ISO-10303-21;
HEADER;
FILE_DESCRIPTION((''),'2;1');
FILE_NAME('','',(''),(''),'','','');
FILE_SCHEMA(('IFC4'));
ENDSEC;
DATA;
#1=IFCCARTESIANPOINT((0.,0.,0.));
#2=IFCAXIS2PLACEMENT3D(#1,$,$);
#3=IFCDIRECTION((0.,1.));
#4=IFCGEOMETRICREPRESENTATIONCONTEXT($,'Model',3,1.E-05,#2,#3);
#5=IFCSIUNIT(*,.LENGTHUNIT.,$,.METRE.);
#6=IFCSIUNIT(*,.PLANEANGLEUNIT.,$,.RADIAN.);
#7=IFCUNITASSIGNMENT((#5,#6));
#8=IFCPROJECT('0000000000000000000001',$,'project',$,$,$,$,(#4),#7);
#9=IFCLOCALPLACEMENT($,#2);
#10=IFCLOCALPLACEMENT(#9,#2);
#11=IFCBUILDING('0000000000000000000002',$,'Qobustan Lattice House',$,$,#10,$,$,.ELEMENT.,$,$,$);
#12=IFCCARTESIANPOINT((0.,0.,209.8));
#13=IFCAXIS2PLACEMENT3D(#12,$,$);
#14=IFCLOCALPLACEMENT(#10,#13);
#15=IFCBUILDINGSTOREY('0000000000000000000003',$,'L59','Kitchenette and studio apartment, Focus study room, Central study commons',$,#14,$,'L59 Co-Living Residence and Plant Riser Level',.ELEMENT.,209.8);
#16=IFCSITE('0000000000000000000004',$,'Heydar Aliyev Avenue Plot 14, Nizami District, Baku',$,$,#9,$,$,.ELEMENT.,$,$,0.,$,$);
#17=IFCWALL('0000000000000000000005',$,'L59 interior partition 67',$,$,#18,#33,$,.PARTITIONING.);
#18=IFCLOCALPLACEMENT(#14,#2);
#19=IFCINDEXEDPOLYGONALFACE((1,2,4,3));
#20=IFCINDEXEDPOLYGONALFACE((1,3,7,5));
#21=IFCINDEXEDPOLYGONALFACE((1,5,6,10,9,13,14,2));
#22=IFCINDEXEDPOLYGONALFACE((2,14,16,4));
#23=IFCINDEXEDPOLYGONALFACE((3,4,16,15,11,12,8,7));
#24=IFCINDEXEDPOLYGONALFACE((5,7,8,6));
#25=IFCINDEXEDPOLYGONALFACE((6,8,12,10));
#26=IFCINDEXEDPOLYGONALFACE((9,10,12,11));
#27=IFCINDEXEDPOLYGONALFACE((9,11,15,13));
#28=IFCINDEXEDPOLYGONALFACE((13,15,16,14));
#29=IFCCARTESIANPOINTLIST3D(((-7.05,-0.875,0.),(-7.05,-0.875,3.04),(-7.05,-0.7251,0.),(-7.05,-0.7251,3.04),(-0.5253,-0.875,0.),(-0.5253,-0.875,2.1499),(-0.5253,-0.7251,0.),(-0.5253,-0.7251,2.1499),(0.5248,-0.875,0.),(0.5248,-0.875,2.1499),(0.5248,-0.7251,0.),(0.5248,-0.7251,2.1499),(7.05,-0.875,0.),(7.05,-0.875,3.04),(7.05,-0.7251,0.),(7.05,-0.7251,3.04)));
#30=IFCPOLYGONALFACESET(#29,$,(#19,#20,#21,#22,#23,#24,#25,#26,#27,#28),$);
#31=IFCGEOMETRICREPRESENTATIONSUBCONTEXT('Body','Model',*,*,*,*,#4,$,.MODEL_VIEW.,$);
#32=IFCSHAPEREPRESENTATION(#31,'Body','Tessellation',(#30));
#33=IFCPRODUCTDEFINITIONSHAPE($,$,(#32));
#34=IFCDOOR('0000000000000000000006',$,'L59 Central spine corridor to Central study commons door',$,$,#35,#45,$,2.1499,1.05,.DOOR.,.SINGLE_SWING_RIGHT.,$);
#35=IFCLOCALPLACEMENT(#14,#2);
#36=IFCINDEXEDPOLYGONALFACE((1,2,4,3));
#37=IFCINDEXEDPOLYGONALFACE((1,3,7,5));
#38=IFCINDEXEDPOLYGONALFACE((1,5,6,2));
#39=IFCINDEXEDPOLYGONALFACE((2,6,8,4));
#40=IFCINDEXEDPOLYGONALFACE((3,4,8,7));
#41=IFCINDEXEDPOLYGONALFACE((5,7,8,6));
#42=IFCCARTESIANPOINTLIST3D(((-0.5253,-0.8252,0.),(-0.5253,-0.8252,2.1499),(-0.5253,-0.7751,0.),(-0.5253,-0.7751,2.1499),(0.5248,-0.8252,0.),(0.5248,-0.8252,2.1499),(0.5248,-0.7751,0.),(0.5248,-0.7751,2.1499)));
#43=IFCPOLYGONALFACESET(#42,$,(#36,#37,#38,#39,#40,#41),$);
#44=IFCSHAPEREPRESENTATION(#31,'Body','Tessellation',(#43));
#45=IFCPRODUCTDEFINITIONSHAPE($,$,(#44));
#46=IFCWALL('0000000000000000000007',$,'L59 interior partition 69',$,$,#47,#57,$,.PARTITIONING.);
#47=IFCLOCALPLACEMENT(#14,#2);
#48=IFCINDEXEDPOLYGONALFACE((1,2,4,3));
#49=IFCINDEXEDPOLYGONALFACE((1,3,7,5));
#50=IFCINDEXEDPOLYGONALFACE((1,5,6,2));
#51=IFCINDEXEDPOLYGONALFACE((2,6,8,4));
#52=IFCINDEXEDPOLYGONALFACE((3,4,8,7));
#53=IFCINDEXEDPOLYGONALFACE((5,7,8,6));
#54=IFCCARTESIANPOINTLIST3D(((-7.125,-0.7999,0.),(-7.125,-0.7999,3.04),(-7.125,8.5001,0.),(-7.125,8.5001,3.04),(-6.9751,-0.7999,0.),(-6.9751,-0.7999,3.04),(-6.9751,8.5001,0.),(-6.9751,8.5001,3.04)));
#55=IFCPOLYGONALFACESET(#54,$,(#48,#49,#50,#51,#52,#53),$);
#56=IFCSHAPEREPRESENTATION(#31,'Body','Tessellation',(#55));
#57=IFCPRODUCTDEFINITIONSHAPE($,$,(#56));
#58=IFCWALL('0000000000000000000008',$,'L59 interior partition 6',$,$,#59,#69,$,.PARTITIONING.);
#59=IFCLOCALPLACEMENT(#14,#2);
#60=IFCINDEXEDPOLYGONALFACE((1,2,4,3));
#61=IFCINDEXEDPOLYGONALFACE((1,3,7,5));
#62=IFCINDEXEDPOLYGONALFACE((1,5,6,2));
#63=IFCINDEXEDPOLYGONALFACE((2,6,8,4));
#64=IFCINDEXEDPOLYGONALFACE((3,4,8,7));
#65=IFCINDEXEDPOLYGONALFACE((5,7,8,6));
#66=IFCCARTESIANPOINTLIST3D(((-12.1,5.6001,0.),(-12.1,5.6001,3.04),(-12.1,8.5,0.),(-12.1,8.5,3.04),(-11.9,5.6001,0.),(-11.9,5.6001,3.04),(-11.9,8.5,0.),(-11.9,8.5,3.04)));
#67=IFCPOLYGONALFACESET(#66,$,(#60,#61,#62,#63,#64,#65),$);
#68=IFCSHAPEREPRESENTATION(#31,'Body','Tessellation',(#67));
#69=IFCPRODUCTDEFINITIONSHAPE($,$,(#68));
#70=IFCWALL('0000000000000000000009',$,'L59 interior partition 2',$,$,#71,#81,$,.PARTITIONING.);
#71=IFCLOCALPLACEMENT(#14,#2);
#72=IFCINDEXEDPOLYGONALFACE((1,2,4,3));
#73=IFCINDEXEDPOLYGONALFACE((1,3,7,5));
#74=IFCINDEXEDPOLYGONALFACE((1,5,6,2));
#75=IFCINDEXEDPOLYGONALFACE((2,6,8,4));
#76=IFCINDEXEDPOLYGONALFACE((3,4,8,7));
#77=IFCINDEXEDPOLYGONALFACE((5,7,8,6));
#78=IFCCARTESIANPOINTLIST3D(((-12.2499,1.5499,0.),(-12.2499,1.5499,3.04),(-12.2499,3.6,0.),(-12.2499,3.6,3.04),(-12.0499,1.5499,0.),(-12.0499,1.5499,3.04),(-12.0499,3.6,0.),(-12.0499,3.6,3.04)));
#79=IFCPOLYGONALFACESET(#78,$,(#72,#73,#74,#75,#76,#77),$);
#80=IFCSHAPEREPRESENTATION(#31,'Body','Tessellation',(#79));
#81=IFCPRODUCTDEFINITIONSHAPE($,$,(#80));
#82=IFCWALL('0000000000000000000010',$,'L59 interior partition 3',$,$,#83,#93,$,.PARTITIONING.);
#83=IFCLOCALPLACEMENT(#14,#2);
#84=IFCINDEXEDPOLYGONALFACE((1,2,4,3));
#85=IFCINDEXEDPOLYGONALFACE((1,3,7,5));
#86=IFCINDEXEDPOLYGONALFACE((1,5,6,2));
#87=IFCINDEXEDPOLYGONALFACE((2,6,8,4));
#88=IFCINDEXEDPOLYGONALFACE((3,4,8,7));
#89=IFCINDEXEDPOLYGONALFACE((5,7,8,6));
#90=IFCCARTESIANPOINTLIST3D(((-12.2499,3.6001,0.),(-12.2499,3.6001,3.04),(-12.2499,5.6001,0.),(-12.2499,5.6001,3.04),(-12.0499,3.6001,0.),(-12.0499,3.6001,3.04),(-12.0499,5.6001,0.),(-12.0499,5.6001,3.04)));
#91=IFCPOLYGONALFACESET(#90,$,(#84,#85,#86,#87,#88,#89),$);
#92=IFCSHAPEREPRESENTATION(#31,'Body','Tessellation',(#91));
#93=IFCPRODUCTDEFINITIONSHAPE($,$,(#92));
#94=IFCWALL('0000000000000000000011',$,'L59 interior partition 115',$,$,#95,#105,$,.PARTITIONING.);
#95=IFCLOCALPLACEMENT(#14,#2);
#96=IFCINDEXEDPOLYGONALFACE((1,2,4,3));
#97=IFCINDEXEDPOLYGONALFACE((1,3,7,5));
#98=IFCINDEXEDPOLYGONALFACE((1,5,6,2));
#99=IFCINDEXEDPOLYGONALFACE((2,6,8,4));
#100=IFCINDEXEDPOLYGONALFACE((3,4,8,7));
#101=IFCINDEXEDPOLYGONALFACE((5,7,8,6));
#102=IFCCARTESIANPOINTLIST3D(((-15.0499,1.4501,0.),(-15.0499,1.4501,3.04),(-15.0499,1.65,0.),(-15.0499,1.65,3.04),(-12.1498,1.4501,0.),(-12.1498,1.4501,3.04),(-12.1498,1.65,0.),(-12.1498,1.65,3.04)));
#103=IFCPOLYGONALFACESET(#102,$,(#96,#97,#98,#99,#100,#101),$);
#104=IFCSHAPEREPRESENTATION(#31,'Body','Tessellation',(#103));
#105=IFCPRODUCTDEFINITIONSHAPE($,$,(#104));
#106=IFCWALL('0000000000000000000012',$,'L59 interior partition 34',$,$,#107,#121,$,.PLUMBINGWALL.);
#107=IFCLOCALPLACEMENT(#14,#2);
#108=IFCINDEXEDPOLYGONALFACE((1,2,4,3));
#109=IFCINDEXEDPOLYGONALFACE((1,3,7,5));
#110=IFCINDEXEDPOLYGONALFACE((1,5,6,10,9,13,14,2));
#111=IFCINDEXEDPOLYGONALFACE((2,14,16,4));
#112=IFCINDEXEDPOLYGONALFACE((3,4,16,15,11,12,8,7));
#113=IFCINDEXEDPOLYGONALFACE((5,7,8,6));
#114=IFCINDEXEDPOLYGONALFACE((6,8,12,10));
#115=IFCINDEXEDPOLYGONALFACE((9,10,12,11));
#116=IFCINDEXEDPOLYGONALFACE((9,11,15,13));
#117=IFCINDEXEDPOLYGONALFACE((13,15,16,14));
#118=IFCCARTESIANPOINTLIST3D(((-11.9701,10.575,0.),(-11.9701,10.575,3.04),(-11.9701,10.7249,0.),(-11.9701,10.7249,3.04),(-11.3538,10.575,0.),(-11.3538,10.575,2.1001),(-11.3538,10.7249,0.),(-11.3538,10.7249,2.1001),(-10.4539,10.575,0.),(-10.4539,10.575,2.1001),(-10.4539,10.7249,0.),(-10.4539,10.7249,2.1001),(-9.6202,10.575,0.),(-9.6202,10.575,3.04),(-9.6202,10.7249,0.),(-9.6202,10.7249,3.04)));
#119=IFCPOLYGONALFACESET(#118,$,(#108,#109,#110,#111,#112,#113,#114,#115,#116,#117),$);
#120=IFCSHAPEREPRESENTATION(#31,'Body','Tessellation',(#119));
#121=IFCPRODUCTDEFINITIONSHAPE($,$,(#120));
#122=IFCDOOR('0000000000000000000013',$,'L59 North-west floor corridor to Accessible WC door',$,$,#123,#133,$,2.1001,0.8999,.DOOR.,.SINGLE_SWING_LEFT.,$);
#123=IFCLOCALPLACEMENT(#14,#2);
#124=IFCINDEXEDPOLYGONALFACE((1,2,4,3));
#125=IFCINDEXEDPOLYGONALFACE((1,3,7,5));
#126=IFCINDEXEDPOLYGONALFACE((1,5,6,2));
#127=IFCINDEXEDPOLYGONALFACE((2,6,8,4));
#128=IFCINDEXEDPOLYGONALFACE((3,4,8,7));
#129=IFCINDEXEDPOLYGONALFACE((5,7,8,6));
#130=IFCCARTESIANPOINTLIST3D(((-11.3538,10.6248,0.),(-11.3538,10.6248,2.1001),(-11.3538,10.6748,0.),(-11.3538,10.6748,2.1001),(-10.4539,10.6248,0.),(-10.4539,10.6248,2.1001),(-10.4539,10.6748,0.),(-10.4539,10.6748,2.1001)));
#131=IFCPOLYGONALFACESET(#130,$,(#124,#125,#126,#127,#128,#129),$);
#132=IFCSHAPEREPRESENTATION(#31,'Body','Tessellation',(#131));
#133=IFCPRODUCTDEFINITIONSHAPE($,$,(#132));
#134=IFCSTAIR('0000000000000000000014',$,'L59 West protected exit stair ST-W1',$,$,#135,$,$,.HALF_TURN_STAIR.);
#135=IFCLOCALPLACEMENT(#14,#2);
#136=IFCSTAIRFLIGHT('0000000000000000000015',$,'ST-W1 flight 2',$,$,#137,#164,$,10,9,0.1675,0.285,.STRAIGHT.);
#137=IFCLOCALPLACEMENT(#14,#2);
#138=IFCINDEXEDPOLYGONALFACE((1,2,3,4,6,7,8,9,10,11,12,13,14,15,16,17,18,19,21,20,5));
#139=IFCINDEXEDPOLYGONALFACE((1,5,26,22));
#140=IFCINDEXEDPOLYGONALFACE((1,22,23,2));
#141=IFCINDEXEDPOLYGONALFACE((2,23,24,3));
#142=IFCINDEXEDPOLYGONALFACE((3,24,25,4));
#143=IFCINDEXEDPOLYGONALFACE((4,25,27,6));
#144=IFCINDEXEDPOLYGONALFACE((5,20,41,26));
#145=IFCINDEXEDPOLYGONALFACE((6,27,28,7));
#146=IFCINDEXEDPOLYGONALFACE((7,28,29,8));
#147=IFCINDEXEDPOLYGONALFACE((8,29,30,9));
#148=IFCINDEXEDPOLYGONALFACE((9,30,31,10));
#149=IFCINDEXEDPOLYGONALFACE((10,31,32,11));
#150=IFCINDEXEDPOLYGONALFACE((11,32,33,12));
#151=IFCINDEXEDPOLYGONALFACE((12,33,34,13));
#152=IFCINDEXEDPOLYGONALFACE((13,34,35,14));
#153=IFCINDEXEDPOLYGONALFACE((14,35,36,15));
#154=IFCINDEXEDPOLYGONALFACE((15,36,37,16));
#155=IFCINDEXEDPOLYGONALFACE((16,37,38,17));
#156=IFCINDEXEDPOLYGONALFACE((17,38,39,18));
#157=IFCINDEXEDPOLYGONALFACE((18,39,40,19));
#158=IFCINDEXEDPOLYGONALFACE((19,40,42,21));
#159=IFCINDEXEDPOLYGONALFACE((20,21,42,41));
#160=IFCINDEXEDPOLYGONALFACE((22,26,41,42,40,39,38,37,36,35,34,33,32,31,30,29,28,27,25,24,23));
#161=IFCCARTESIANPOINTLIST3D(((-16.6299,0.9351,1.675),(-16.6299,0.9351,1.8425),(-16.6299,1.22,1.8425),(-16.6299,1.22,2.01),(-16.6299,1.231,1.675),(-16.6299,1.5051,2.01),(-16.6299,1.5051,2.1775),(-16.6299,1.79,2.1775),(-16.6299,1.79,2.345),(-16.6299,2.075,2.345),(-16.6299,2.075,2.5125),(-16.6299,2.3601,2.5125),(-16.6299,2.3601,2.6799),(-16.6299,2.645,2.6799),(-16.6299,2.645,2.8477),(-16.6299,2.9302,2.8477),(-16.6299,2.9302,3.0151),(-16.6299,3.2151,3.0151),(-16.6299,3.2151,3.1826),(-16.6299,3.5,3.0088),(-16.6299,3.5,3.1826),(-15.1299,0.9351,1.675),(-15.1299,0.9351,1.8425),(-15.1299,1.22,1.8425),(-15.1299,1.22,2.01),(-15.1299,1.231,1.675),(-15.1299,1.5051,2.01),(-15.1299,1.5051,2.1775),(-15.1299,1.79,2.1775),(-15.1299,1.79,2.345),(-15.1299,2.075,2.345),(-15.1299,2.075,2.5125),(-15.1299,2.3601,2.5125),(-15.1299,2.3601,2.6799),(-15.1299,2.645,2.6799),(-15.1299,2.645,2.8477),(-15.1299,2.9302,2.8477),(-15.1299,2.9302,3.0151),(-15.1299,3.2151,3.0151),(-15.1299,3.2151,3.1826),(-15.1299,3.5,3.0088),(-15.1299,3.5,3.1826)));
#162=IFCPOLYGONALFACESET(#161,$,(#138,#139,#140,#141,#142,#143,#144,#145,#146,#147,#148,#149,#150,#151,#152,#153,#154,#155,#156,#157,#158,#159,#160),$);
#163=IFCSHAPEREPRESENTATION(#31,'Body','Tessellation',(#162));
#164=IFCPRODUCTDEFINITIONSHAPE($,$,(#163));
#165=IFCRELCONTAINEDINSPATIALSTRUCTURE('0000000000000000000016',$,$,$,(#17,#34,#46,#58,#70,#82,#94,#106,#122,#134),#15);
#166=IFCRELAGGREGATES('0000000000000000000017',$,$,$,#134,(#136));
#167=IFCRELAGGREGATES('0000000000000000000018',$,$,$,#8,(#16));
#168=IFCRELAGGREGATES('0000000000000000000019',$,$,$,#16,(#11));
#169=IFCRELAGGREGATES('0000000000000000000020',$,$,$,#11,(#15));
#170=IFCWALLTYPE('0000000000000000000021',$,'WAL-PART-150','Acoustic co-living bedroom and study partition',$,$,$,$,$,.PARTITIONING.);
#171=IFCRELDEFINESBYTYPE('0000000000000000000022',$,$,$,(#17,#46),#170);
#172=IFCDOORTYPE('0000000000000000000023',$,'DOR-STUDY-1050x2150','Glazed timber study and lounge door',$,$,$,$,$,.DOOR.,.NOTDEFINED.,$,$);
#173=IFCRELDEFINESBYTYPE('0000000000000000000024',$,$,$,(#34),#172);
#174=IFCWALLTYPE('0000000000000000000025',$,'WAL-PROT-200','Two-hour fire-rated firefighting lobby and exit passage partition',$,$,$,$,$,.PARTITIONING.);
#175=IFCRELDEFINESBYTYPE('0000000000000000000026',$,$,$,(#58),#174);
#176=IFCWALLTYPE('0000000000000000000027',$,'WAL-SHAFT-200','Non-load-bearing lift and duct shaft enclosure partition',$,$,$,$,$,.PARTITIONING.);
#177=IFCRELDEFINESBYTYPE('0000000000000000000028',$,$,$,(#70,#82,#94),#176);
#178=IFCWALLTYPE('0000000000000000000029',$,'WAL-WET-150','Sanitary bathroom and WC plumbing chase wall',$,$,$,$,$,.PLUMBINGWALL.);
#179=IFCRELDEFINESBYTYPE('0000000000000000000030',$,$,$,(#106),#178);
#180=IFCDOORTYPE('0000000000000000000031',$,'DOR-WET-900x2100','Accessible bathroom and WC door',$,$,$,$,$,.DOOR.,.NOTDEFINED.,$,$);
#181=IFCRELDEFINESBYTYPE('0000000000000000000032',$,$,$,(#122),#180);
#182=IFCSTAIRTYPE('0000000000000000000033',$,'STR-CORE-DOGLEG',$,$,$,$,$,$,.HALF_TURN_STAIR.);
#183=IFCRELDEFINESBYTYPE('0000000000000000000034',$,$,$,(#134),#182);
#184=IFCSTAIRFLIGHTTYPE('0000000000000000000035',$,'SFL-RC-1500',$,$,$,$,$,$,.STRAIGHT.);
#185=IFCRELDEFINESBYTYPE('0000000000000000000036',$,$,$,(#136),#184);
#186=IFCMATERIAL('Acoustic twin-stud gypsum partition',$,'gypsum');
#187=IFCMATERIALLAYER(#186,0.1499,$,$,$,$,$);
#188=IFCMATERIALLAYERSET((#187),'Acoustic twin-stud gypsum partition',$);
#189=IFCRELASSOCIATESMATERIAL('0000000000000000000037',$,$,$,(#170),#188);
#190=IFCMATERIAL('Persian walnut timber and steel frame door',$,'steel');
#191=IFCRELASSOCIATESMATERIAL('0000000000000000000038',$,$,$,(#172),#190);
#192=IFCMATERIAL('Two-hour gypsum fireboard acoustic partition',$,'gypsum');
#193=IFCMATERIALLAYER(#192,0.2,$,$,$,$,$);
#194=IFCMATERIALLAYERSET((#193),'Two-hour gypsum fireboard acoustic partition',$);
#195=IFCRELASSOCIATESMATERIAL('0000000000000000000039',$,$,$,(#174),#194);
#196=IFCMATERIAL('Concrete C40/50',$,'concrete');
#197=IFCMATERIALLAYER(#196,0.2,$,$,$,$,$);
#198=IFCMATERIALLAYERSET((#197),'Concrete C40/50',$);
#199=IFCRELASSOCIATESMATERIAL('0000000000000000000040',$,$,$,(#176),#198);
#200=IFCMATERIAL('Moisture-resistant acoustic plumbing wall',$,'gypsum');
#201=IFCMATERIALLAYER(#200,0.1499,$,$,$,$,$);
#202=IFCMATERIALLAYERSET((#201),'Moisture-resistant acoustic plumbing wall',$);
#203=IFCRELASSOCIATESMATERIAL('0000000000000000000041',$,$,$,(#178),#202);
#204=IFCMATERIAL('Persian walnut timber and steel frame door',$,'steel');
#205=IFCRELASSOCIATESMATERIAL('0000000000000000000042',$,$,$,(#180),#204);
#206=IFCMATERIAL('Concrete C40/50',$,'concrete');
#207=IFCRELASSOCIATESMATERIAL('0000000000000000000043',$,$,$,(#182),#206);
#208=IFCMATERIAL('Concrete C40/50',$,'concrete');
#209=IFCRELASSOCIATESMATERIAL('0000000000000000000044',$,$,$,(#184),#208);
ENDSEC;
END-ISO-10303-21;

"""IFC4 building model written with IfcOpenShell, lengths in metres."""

from ifc_helpers import new_model, si_unit, direction, frame, frame_2d, origin, place, context, subcontext, project, spatial, polyline, rectangle, outline, extrude, material, layer, layer_set, type_object, element, fill, aggregate, save


model = new_model("IFC4")

# Units and contexts
model_context = context("Model", 3, precision=1e-05, world=origin(), true_north=direction((0.0, 1.0)))
body_context = subcontext(model_context, "Body", "Model", "MODEL_VIEW")
ifc_project = project(units=[si_unit("LENGTHUNIT", "METRE"), si_unit("PLANEANGLEUNIT", "RADIAN")], contexts=[model_context])

# Site, building, storey
site_placement = place(None, origin())
site = spatial("IfcSite", under=ifc_project, at=site_placement, Name="Heydar Aliyev Avenue Plot 14, Nizami District, Baku", CompositionType="ELEMENT", RefElevation=0.0)
building_placement = place(site_placement, origin())
building = spatial("IfcBuilding", under=site, at=building_placement, Name="Qobustan Lattice House", CompositionType="ELEMENT")
storey_placement = place(building_placement, frame((0.0, 0.0, 209.8)))
storey = spatial("IfcBuildingStorey", under=building, at=storey_placement, Name="L59", Description="Kitchenette and studio apartment, Focus study room, Central study commons", LongName="L59 Co-Living Residence and Plant Riser Level", CompositionType="ELEMENT", Elevation=209.8)

# Wall, opening, door
ifc_material_1 = material(Name="Acoustic twin-stud gypsum partition", Category="gypsum")
ifc_layer_1 = layer(ifc_material_1, 0.1499)
ifc_layer_set_1 = layer_set([ifc_layer_1], Name="Acoustic twin-stud gypsum partition")
wall_type_1 = type_object("IfcWallType", Name="WAL-PART-150", Description="Acoustic co-living bedroom and study partition", PredefinedType="PARTITIONING", material=ifc_layer_set_1)
wall_1_placement = place(storey_placement, frame((-7.05, -0.8, 0.0), z_axis=(0.0, 0.0, 1.0), x_axis=(1.0, 0.0, 0.0)))
wall_1 = element("IfcWall", 1, at=wall_1_placement, inside=storey, type_object=wall_type_1, Name="L59 interior partition 67", PredefinedType="PARTITIONING", context=body_context, shape_type="SweptSolid", body=[
    extrude(rectangle(XDim=14.1001, YDim=0.1499, at=frame_2d((7.05, 0.0))), origin(), (0.0, 0.0, 1.0), 3.04),
])
opening_1_placement = place(wall_1_placement, frame((6.5249, 0.0, 0.0)))
opening_1 = element("IfcOpeningElement", 2, at=opening_1_placement, cuts=wall_1, PredefinedType="OPENING", context=body_context, shape_type="SweptSolid", body=[
    extrude(rectangle(XDim=1.05, YDim=2.1499, at=frame_2d((0.5249, 1.075))), frame((0.0, 0.085, 0.0), z_axis=(0.0, -1.0, 0.0), x_axis=(1.0, 0.0, 0.0)), (0.0, 0.0, 1.0), 0.1699),
])
ifc_material_2 = material(Name="Persian walnut timber and steel frame door", Category="steel")
door_type_1 = type_object("IfcDoorType", Name="DOR-STUDY-1050x2150", Description="Glazed timber study and lounge door", OperationType="NOTDEFINED", PredefinedType="DOOR", material=ifc_material_2)
door_1_placement = place(opening_1_placement, origin())
door_1 = element("IfcDoor", 3, at=door_1_placement, inside=storey, type_object=door_type_1, Name="L59 Central spine corridor to Central study commons door", OperationType="SINGLE_SWING_RIGHT", OverallHeight=2.1499, OverallWidth=1.05, PredefinedType="DOOR", context=body_context, shape_type="SweptSolid", body=[
    extrude(rectangle(XDim=1.05, YDim=2.1499, at=frame_2d((0.5249, 1.075))), frame((0.0, 0.0249, 0.0), z_axis=(0.0, -1.0, 0.0), x_axis=(1.0, 0.0, 0.0)), (0.0, 0.0, 1.0), 0.05),
])
fill(opening_1, door_1)

# Wall
wall_2_placement = place(storey_placement, frame((-7.05, 8.5, 0.0), z_axis=(0.0, 0.0, 1.0), x_axis=(0.0, -1.0, 0.0)))
element("IfcWall", 4, at=wall_2_placement, inside=storey, type_object=wall_type_1, Name="L59 interior partition 69", PredefinedType="PARTITIONING", context=body_context, shape_type="SweptSolid", body=[
    extrude(rectangle(XDim=9.3, YDim=0.1499, at=frame_2d((4.6499, 0.0))), origin(), (0.0, 0.0, 1.0), 3.04),
])

# Shared definitions
ifc_material_3 = material(Name="Two-hour gypsum fireboard acoustic partition", Category="gypsum")
ifc_layer_2 = layer(ifc_material_3, 0.2)
ifc_layer_set_2 = layer_set([ifc_layer_2], Name="Two-hour gypsum fireboard acoustic partition")
wall_type_2 = type_object("IfcWallType", Name="WAL-PROT-200", Description="Two-hour fire-rated firefighting lobby and exit passage partition", PredefinedType="PARTITIONING", material=ifc_layer_set_2)

# Walls
wall_3_placement = place(storey_placement, frame((-12.0, 5.6001, 0.0), z_axis=(0.0, 0.0, 1.0), x_axis=(0.0, 1.0, 0.0)))
element("IfcWall", 5, at=wall_3_placement, inside=storey, type_object=wall_type_2, Name="L59 interior partition 6", PredefinedType="PARTITIONING", context=body_context, shape_type="SweptSolid", body=[
    extrude(rectangle(XDim=2.8999, YDim=0.2, at=frame_2d((1.45, 0.0))), origin(), (0.0, 0.0, 1.0), 3.04),
])
ifc_material_4 = material(Name="Concrete C40/50", Category="concrete")
ifc_layer_3 = layer(ifc_material_4, 0.2)
ifc_layer_set_3 = layer_set([ifc_layer_3], Name="Concrete C40/50")
wall_type_3 = type_object("IfcWallType", Name="WAL-SHAFT-200", Description="Non-load-bearing lift and duct shaft enclosure partition", PredefinedType="PARTITIONING", material=ifc_layer_set_3)
wall_4_placement = place(storey_placement, frame((-12.1499, 1.55, 0.0), z_axis=(0.0, 0.0, 1.0), x_axis=(0.0, 1.0, 0.0)))
element("IfcWall", 6, at=wall_4_placement, inside=storey, type_object=wall_type_3, Name="L59 interior partition 2", PredefinedType="PARTITIONING", context=body_context, shape_type="SweptSolid", body=[
    extrude(rectangle(XDim=2.05, YDim=0.2, at=frame_2d((1.0249, 0.0))), origin(), (0.0, 0.0, 1.0), 3.04),
])
wall_5_placement = place(storey_placement, frame((-12.1499, 3.6001, 0.0), z_axis=(0.0, 0.0, 1.0), x_axis=(0.0, 1.0, 0.0)))
element("IfcWall", 7, at=wall_5_placement, inside=storey, type_object=wall_type_3, Name="L59 interior partition 3", PredefinedType="PARTITIONING", context=body_context, shape_type="SweptSolid", body=[
    extrude(rectangle(XDim=2.0, YDim=0.2, at=frame_2d((1.0, 0.0))), origin(), (0.0, 0.0, 1.0), 3.04),
])
wall_6_placement = place(storey_placement, frame((-15.05, 1.55, 0.0), z_axis=(0.0, 0.0, 1.0), x_axis=(1.0, 0.0, 0.0)))
element("IfcWall", 8, at=wall_6_placement, inside=storey, type_object=wall_type_3, Name="L59 interior partition 115", PredefinedType="PARTITIONING", context=body_context, shape_type="SweptSolid", body=[
    extrude(rectangle(XDim=2.9001, YDim=0.2, at=frame_2d((1.4502, 0.0))), origin(), (0.0, 0.0, 1.0), 3.04),
])

# Wall, opening, door
ifc_material_5 = material(Name="Moisture-resistant acoustic plumbing wall", Category="gypsum")
ifc_layer_4 = layer(ifc_material_5, 0.1499)
ifc_layer_set_4 = layer_set([ifc_layer_4], Name="Moisture-resistant acoustic plumbing wall")
wall_type_4 = type_object("IfcWallType", Name="WAL-WET-150", Description="Sanitary bathroom and WC plumbing chase wall", PredefinedType="PLUMBINGWALL", material=ifc_layer_set_4)
wall_7_placement = place(storey_placement, frame((-11.97, 10.6499, 0.0), z_axis=(0.0, 0.0, 1.0), x_axis=(1.0, 0.0, 0.0)))
wall_7 = element("IfcWall", 9, at=wall_7_placement, inside=storey, type_object=wall_type_4, Name="L59 interior partition 34", PredefinedType="PLUMBINGWALL", context=body_context, shape_type="SweptSolid", body=[
    extrude(rectangle(XDim=2.3499, YDim=0.1499, at=frame_2d((1.1748, 0.0))), origin(), (0.0, 0.0, 1.0), 3.04),
])
opening_2_placement = place(wall_7_placement, frame((0.6162, 0.0, 0.0)))
opening_2 = element("IfcOpeningElement", 10, at=opening_2_placement, cuts=wall_7, PredefinedType="OPENING", context=body_context, shape_type="SweptSolid", body=[
    extrude(rectangle(XDim=0.8999, YDim=2.1001, at=frame_2d((0.45, 1.05))), frame((0.0, 0.085, 0.0), z_axis=(0.0, -1.0, 0.0), x_axis=(1.0, 0.0, 0.0)), (0.0, 0.0, 1.0), 0.1699),
])
ifc_material_6 = material(Name="Persian walnut timber and steel frame door", Category="steel")
door_type_2 = type_object("IfcDoorType", Name="DOR-WET-900x2100", Description="Accessible bathroom and WC door", OperationType="NOTDEFINED", PredefinedType="DOOR", material=ifc_material_6)
door_2_placement = place(opening_2_placement, origin())
door_2 = element("IfcDoor", 11, at=door_2_placement, inside=storey, type_object=door_type_2, Name="L59 North-west floor corridor to Accessible WC door", OperationType="SINGLE_SWING_LEFT", OverallHeight=2.1001, OverallWidth=0.8999, PredefinedType="DOOR", context=body_context, shape_type="SweptSolid", body=[
    extrude(rectangle(XDim=0.8999, YDim=2.1001, at=frame_2d((0.45, 1.05))), frame((0.0, 0.0249, 0.0), z_axis=(0.0, -1.0, 0.0), x_axis=(1.0, 0.0, 0.0)), (0.0, 0.0, 1.0), 0.05),
])
fill(opening_2, door_2)

# Stair, stair flight
ifc_material_7 = material(Name="Concrete C40/50", Category="concrete")
stair_type = type_object("IfcStairType", Name="STR-CORE-DOGLEG", PredefinedType="HALF_TURN_STAIR", material=ifc_material_7)
stair_placement = place(storey_placement, origin())
stair = element("IfcStair", 12, at=stair_placement, inside=storey, type_object=stair_type, Name="L59 West protected exit stair ST-W1", PredefinedType="HALF_TURN_STAIR")
ifc_material_8 = material(Name="Concrete C40/50", Category="concrete")
stair_flight_type = type_object("IfcStairFlightType", Name="SFL-RC-1500", PredefinedType="STRAIGHT", material=ifc_material_8)
stair_flight_placement = place(storey_placement, frame((-15.8799, 0.9351, 1.675), z_axis=(0.0, 0.0, 1.0), x_axis=(0.0, 1.0, 0.0)))
stair_flight = element("IfcStairFlight", 13, at=stair_flight_placement, type_object=stair_flight_type, Name="ST-W1 flight 2", NumberOfRisers=10, NumberOfTreads=9, PredefinedType="STRAIGHT", RiserHeight=0.1675, TreadLength=0.285, context=body_context, shape_type="SweptSolid", body=[
    extrude(outline(polyline([(0.0, 0.0), (0.0, 0.1675), (0.2849, 0.1675), (0.2849, 0.335), (0.5701, 0.335), (0.5701, 0.5024), (0.855, 0.5024), (0.855, 0.6699), (1.1399, 0.6699), (1.1399, 0.8374), (1.425, 0.8374), (1.425, 1.0049), (1.71, 1.0049), (1.71, 1.1726), (1.9951, 1.1726), (1.9951, 1.3401), (2.28, 1.3401), (2.28, 1.5076), (2.5649, 1.5076), (2.5649, 1.675), (2.5649, 1.3337), (0.2959, 0.0), (0.0, 0.0)])), frame((0.0, 0.75, 0.0), z_axis=(0.0, -1.0, 0.0), x_axis=(1.0, 0.0, 0.0)), (0.0, 0.0, 1.0), 1.5),
])
aggregate(stair, [stair_flight])

save(model, "model.ifc")
